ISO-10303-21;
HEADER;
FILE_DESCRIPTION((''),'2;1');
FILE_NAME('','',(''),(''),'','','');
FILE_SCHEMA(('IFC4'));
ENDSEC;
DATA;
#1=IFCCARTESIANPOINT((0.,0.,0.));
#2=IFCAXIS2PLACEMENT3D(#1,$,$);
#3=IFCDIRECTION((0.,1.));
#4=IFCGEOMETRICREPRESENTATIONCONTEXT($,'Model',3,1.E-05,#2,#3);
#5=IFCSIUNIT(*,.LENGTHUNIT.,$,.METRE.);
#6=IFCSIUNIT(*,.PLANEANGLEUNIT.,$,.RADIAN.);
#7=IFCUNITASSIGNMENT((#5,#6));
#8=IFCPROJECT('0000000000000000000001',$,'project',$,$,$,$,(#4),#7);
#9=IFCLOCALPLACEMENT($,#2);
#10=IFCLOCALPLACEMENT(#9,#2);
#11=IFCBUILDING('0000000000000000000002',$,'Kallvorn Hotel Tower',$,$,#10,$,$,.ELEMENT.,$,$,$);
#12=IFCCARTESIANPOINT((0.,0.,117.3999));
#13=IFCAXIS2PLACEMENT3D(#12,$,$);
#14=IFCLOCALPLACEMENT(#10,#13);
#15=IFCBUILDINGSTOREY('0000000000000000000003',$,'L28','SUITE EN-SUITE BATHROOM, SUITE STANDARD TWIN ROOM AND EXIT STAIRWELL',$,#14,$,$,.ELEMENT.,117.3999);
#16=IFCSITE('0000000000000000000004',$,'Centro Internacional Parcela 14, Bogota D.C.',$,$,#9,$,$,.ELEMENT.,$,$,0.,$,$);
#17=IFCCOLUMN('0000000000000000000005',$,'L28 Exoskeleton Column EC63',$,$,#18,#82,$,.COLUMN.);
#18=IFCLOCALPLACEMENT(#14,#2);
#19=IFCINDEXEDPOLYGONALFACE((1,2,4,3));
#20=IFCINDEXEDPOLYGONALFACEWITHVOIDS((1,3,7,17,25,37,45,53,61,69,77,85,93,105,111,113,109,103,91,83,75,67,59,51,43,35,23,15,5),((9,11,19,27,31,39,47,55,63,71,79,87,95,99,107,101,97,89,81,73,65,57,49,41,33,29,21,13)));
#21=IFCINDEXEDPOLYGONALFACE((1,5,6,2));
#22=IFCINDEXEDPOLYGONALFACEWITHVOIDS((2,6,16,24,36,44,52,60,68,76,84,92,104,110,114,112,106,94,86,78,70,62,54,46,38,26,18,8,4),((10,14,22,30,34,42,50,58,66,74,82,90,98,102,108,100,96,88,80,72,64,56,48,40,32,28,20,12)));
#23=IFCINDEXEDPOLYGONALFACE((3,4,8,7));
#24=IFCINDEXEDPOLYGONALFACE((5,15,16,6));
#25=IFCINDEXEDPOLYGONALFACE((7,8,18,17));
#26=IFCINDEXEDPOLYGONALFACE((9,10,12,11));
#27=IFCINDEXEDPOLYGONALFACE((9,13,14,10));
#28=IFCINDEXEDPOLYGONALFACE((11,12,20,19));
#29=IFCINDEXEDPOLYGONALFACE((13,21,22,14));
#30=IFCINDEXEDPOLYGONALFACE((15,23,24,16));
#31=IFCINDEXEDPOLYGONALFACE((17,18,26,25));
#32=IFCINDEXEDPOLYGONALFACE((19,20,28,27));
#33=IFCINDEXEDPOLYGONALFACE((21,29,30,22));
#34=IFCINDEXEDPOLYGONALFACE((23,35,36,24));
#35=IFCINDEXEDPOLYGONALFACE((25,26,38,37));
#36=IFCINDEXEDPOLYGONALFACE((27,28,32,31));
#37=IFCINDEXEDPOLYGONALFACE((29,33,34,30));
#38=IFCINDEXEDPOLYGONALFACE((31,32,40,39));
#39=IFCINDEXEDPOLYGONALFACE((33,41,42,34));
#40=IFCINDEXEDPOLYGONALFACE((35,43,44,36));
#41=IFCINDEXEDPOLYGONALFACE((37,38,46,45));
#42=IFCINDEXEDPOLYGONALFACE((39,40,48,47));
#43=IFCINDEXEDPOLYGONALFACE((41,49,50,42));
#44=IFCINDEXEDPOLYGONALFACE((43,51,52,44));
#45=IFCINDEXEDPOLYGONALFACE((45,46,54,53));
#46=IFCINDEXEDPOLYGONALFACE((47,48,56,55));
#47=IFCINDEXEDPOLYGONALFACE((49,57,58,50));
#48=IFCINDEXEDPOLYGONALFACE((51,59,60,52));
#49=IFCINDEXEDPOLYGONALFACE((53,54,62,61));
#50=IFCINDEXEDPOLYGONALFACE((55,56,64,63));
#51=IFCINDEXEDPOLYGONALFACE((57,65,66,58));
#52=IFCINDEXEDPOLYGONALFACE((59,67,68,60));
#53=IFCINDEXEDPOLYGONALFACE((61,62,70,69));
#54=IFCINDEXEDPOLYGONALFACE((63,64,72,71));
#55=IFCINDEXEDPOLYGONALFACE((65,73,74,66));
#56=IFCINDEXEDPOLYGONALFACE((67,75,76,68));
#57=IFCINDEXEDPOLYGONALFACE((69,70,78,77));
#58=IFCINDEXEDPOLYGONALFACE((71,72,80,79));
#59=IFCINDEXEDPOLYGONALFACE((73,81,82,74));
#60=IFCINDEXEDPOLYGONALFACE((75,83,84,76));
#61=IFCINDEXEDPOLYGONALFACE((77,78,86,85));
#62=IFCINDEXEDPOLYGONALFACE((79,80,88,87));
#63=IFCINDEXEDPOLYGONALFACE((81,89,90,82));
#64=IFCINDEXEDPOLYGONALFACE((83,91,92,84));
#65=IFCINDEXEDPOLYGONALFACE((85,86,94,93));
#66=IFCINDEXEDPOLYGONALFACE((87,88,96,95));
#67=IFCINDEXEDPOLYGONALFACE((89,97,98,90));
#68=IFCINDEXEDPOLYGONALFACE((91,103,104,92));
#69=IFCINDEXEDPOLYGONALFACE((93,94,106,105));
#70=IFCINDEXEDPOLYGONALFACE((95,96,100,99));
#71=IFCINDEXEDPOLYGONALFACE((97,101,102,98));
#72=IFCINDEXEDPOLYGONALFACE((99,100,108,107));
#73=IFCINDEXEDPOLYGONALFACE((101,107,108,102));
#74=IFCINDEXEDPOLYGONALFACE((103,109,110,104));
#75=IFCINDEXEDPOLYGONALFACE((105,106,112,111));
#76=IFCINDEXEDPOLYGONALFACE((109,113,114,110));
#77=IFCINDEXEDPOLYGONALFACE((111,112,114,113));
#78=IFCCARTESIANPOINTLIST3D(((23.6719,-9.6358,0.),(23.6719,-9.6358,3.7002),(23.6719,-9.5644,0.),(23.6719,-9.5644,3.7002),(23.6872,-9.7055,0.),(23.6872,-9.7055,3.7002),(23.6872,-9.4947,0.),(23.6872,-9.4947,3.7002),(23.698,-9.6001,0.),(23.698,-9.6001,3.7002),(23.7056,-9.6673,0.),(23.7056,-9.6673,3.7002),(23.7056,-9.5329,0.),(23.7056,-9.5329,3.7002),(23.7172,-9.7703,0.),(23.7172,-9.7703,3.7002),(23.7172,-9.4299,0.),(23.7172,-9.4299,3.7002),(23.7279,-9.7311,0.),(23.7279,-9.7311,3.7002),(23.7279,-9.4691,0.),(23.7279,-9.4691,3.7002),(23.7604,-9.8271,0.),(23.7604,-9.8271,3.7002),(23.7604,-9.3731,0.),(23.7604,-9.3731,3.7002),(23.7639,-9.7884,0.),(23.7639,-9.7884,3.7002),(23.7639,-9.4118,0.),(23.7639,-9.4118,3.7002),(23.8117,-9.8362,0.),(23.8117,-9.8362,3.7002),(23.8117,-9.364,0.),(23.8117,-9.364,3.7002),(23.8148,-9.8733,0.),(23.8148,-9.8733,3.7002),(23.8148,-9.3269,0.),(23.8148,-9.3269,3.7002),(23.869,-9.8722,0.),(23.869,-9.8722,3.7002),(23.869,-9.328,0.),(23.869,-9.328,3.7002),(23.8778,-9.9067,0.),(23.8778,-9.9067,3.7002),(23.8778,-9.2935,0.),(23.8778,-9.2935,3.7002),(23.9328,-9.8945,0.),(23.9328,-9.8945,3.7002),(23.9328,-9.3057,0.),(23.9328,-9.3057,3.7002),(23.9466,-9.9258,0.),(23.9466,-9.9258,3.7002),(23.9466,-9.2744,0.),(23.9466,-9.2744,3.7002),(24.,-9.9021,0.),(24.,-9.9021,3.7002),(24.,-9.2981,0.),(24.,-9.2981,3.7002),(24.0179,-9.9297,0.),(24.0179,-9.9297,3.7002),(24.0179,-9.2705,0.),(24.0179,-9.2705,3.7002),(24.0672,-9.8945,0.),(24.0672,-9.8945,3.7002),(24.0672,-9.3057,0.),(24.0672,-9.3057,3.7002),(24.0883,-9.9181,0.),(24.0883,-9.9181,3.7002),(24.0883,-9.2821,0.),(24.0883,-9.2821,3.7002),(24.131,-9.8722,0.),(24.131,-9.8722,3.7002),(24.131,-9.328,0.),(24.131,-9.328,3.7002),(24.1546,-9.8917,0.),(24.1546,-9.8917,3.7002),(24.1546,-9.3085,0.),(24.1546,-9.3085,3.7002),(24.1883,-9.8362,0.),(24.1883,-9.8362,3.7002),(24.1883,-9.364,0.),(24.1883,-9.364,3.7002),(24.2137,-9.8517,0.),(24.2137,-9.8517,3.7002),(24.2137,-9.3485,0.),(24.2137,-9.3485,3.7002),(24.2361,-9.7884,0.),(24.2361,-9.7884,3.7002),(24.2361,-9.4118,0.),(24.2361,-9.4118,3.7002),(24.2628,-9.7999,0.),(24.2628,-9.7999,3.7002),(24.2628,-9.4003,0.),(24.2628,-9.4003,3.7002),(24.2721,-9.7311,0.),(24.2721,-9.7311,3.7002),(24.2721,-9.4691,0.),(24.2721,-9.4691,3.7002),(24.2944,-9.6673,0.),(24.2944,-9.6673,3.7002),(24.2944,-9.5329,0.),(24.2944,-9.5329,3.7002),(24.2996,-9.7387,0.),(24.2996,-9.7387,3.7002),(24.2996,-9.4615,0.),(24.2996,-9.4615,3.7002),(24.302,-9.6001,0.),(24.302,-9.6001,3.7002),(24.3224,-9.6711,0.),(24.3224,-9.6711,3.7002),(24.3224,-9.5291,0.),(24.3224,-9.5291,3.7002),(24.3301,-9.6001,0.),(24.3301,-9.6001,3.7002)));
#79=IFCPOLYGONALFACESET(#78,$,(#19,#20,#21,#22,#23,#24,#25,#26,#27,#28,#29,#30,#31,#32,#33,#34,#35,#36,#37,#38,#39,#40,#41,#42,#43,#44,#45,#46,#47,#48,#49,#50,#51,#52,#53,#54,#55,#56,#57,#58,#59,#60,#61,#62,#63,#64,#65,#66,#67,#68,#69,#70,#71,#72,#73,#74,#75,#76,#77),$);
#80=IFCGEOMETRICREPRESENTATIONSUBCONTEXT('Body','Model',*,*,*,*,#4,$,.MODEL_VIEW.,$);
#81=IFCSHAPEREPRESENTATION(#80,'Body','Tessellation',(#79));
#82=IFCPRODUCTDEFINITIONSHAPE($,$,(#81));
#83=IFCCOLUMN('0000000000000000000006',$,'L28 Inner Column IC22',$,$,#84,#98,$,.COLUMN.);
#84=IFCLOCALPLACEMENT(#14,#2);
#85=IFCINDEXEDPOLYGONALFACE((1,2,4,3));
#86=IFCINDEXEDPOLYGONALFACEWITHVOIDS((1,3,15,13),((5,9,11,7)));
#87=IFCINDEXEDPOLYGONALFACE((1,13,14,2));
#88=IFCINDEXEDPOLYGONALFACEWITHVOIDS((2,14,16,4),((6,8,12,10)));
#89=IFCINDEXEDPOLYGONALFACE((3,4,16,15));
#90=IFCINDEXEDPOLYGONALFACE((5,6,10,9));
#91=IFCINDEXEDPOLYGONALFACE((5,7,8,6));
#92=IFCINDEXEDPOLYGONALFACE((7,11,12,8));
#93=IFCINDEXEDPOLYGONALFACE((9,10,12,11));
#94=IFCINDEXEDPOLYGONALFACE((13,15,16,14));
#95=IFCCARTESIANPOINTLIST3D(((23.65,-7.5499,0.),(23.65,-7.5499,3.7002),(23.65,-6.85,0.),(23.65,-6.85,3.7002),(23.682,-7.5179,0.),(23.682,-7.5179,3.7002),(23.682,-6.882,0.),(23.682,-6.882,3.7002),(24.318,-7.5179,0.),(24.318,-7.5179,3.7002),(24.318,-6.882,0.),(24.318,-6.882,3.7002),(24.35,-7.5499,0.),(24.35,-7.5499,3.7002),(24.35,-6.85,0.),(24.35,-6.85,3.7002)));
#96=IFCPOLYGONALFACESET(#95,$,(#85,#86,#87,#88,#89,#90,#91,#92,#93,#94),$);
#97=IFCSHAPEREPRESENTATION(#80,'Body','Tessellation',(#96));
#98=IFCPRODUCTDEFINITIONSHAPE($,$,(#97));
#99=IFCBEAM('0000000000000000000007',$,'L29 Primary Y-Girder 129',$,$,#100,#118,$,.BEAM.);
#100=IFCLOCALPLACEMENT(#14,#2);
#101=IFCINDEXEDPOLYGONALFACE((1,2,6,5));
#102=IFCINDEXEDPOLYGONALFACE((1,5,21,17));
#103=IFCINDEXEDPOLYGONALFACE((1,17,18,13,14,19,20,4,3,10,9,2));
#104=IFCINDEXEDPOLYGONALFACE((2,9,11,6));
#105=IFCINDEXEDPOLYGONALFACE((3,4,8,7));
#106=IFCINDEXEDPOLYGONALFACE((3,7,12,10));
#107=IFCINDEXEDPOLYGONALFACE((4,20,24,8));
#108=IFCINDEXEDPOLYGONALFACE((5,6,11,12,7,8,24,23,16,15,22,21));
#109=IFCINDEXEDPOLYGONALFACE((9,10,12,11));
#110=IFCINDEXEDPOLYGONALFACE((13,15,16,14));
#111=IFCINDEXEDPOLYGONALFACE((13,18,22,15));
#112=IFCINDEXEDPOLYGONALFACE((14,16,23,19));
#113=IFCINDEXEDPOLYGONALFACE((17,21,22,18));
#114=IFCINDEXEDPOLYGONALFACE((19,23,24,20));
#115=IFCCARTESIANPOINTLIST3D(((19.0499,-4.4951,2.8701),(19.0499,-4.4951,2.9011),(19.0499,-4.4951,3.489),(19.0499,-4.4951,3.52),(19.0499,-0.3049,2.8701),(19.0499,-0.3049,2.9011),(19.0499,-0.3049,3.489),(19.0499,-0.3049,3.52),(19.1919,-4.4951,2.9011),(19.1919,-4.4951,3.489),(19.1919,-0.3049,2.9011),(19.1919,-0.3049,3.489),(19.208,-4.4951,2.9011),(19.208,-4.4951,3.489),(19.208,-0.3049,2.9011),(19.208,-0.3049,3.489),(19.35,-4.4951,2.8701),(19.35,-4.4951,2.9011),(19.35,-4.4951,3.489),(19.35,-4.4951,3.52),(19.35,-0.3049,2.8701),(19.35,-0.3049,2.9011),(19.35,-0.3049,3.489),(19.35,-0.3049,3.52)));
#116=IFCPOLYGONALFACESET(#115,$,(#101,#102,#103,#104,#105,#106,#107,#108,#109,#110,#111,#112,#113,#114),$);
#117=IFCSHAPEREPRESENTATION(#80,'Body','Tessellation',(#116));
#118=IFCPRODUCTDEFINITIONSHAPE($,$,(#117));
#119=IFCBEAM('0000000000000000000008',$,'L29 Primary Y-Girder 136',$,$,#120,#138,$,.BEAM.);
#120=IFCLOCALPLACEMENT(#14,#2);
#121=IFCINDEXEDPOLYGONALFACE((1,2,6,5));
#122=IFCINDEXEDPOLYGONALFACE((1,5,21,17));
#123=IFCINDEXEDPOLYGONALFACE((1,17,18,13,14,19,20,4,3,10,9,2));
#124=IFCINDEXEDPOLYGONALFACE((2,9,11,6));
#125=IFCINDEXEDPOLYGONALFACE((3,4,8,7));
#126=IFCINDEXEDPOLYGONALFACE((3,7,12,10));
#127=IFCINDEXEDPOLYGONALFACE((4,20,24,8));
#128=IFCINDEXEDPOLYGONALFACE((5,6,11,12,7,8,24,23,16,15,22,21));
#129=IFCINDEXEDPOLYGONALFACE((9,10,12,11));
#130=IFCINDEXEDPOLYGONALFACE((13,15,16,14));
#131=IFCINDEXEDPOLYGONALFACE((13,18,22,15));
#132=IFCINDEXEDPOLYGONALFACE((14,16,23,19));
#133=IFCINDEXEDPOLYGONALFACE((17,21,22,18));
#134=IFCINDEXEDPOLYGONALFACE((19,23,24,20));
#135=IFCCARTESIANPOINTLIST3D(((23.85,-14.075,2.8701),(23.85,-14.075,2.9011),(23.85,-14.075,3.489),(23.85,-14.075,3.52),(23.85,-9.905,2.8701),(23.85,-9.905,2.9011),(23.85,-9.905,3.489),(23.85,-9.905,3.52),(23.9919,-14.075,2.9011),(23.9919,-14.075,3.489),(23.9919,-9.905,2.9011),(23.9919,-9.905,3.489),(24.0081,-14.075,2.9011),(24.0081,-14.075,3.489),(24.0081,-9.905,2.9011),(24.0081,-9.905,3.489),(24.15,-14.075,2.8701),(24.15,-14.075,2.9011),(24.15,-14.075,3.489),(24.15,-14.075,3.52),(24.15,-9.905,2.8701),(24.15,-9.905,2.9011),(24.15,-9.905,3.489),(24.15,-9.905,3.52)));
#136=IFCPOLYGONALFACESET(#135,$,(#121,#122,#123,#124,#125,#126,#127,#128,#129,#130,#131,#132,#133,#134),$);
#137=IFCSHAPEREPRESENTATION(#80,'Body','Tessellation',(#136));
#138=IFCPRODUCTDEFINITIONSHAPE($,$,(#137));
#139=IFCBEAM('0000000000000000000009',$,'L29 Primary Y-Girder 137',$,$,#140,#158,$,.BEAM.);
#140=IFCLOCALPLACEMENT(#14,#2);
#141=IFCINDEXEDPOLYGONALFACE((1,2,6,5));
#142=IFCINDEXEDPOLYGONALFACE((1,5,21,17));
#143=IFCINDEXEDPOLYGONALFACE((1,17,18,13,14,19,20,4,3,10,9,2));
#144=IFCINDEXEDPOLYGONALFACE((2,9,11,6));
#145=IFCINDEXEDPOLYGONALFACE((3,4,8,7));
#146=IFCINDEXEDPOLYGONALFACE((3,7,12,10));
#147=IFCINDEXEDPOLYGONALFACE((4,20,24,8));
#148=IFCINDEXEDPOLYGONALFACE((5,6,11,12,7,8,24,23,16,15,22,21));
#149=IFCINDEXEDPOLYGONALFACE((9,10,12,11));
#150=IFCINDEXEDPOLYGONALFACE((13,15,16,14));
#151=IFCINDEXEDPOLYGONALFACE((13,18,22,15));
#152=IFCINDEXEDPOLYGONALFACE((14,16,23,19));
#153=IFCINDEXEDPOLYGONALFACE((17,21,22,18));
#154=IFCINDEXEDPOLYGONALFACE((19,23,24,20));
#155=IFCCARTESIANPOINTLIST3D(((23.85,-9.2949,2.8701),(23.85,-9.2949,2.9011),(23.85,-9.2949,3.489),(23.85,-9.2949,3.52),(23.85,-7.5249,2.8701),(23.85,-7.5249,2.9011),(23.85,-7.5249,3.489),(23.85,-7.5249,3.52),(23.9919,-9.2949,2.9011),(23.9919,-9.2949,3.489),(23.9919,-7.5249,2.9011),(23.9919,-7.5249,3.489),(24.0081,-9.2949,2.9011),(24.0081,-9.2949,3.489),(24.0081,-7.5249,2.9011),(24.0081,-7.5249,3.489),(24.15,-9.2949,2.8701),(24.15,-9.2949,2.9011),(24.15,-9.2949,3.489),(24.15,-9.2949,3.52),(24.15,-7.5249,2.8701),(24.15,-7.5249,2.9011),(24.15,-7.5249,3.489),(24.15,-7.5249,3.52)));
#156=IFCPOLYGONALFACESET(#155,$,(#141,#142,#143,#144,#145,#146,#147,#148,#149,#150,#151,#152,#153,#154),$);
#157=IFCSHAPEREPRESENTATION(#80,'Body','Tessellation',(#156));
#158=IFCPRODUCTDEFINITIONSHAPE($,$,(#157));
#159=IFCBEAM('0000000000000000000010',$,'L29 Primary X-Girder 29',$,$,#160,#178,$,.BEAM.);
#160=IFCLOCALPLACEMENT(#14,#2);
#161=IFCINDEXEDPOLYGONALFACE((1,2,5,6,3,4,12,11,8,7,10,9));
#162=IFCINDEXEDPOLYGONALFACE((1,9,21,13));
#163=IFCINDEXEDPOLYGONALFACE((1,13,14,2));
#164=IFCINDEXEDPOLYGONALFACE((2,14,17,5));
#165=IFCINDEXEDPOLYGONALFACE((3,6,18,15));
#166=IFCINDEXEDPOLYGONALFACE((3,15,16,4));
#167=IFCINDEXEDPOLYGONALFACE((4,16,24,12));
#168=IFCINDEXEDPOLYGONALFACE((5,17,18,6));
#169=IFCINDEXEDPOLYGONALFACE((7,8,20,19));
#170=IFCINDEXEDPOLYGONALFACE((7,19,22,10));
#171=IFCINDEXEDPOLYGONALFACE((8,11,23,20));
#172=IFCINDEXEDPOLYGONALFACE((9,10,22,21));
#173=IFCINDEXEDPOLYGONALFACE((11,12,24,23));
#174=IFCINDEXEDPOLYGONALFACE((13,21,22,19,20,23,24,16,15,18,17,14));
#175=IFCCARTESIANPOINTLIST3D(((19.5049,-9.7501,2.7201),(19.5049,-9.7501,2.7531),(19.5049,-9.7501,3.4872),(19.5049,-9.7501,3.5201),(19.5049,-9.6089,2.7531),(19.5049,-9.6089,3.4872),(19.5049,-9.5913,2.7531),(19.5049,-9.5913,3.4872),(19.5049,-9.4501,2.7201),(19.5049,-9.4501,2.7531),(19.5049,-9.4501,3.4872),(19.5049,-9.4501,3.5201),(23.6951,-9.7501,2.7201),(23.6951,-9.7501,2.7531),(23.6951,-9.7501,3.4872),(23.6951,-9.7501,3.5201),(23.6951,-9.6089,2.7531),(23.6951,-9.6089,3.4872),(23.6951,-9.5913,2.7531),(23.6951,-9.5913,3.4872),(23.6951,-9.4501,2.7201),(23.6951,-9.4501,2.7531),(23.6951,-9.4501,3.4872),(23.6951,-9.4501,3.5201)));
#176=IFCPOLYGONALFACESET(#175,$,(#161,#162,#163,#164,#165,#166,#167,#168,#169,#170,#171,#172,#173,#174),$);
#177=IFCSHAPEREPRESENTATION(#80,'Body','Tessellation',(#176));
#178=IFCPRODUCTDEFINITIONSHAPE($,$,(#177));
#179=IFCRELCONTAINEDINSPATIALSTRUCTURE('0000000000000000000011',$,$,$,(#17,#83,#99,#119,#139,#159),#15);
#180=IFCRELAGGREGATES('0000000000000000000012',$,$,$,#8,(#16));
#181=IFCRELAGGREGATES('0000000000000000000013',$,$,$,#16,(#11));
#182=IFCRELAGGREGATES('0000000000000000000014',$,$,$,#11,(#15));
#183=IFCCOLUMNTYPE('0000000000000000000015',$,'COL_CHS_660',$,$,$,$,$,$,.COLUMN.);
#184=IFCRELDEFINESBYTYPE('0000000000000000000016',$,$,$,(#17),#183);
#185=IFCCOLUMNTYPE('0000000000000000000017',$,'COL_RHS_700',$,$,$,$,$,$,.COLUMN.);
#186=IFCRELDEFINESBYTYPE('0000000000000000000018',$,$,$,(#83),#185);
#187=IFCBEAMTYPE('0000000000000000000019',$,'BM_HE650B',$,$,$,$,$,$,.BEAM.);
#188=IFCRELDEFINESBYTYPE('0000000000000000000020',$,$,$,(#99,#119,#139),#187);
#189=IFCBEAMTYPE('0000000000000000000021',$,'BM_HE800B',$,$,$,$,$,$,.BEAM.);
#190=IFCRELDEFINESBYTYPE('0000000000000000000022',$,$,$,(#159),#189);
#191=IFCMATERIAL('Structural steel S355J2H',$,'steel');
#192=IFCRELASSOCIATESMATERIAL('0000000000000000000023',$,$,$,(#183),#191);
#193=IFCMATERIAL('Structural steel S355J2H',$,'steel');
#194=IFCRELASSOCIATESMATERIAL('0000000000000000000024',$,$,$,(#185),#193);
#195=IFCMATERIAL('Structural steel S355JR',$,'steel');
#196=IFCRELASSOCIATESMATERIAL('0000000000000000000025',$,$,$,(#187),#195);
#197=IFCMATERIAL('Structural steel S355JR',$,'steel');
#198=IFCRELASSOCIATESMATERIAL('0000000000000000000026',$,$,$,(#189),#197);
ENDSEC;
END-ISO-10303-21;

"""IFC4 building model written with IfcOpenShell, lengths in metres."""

from ifc_helpers import new_model, si_unit, direction, frame, origin, origin_2d, place, context, subcontext, project, spatial, hollow_rectangle, hollow_circle, i_section, extrude, material, material_profile, profile_set, type_object, element, save


model = new_model("IFC4")

# Units and contexts
model_context = context("Model", 3, precision=1e-05, world=origin(), true_north=direction((0.0, 1.0)))
body_context = subcontext(model_context, "Body", "Model", "MODEL_VIEW")
ifc_project = project(units=[si_unit("LENGTHUNIT", "METRE"), si_unit("PLANEANGLEUNIT", "RADIAN")], contexts=[model_context])

# Site, building, storey
site_placement = place(None, origin())
site = spatial("IfcSite", under=ifc_project, at=site_placement, Name="Centro Internacional Parcela 14, Bogota D.C.", CompositionType="ELEMENT", RefElevation=0.0)
building_placement = place(site_placement, origin())
building = spatial("IfcBuilding", under=site, at=building_placement, Name="Kallvorn Hotel Tower", CompositionType="ELEMENT")
storey_placement = place(building_placement, frame((0.0, 0.0, 117.3999)))
storey = spatial("IfcBuildingStorey", under=building, at=storey_placement, Name="L28", Description="SUITE EN-SUITE BATHROOM, SUITE STANDARD TWIN ROOM AND EXIT STAIRWELL", CompositionType="ELEMENT", Elevation=117.3999)

# Columns
ifc_material_1 = material(Name="Structural steel S355J2H", Category="steel")
ifc_material_profile_1 = material_profile(ifc_material_1, hollow_circle(Radius=0.3301, WallThickness=0.0281, at=origin_2d()), Name="CHS 660x28")
ifc_profile_set_1 = profile_set([ifc_material_profile_1], Name="Structural steel S355J2H")
column_type_1 = type_object("IfcColumnType", Name="COL_CHS_660", PredefinedType="COLUMN", material=ifc_profile_set_1)
for number, where, z_axis, x_axis, name in (
    (1, (24.0, -9.6001, 0.0), (0.0, 0.0, 1.0), (1.0, 0.0, 0.0), "L28 Exoskeleton Column EC63"),
):
    element("IfcColumn", number, at=place(storey_placement, frame(where, z_axis=z_axis, x_axis=x_axis)), inside=storey, type_object=column_type_1, Name=name, PredefinedType="COLUMN", context=body_context, shape_type="SweptSolid", body=[
        extrude(hollow_circle(Radius=0.3301, WallThickness=0.0281, at=origin_2d()), origin(), (0.0, 0.0, 1.0), 3.7002),
    ])
ifc_material_2 = material(Name="Structural steel S355J2H", Category="steel")
ifc_material_profile_2 = material_profile(ifc_material_2, hollow_rectangle(XDim=0.7, YDim=0.7, WallThickness=0.032, at=origin_2d()), Name="RHS 700x700x32")
ifc_profile_set_2 = profile_set([ifc_material_profile_2], Name="Structural steel S355J2H")
column_type_2 = type_object("IfcColumnType", Name="COL_RHS_700", PredefinedType="COLUMN", material=ifc_profile_set_2)
column_placement = place(storey_placement, frame((24.0, -7.2, 0.0), z_axis=(0.0, 0.0, 1.0), x_axis=(1.0, 0.0, 0.0)))
element("IfcColumn", 2, at=column_placement, inside=storey, type_object=column_type_2, Name="L28 Inner Column IC22", PredefinedType="COLUMN", context=body_context, shape_type="SweptSolid", body=[
    extrude(hollow_rectangle(XDim=0.7, YDim=0.7, WallThickness=0.032, at=origin_2d()), origin(), (0.0, 0.0, 1.0), 3.7002),
])

# Beams
ifc_material_3 = material(Name="Structural steel S355JR", Category="steel")
ifc_material_profile_3 = material_profile(ifc_material_3, i_section(OverallWidth=0.3, OverallDepth=0.6499, WebThickness=0.0161, FlangeThickness=0.031, at=origin_2d()), Name="HE 650 B")
ifc_profile_set_3 = profile_set([ifc_material_profile_3], Name="Structural steel S355JR")
beam_type_1 = type_object("IfcBeamType", Name="BM_HE650B", PredefinedType="BEAM", material=ifc_profile_set_3)
beam_1_placement = place(storey_placement, frame((19.2, -4.4951, 3.1951), z_axis=(0.0, 1.0, 0.0), x_axis=(-1.0, 0.0, 0.0)))
element("IfcBeam", 3, at=beam_1_placement, inside=storey, type_object=beam_type_1, Name="L29 Primary Y-Girder 129", PredefinedType="BEAM", context=body_context, shape_type="SweptSolid", body=[
    extrude(i_section(OverallWidth=0.3, OverallDepth=0.6499, WebThickness=0.0161, FlangeThickness=0.031, at=origin_2d()), origin(), (0.0, 0.0, 1.0), 4.1902),
])
beam_2_placement = place(storey_placement, frame((24.0, -14.075, 3.1951), z_axis=(0.0, 1.0, 0.0), x_axis=(-1.0, 0.0, 0.0)))
element("IfcBeam", 4, at=beam_2_placement, inside=storey, type_object=beam_type_1, Name="L29 Primary Y-Girder 136", PredefinedType="BEAM", context=body_context, shape_type="SweptSolid", body=[
    extrude(i_section(OverallWidth=0.3, OverallDepth=0.6499, WebThickness=0.0161, FlangeThickness=0.031, at=origin_2d()), origin(), (0.0, 0.0, 1.0), 4.1699),
])
beam_3_placement = place(storey_placement, frame((24.0, -9.2949, 3.1951), z_axis=(0.0, 1.0, 0.0), x_axis=(-1.0, 0.0, 0.0)))
element("IfcBeam", 5, at=beam_3_placement, inside=storey, type_object=beam_type_1, Name="L29 Primary Y-Girder 137", PredefinedType="BEAM", context=body_context, shape_type="SweptSolid", body=[
    extrude(i_section(OverallWidth=0.3, OverallDepth=0.6499, WebThickness=0.0161, FlangeThickness=0.031, at=origin_2d()), origin(), (0.0, 0.0, 1.0), 1.77),
])
ifc_material_4 = material(Name="Structural steel S355JR", Category="steel")
ifc_material_profile_4 = material_profile(ifc_material_4, i_section(OverallWidth=0.3, OverallDepth=0.8, WebThickness=0.0176, FlangeThickness=0.033, at=origin_2d()), Name="HE 800 B")
ifc_profile_set_4 = profile_set([ifc_material_profile_4], Name="Structural steel S355JR")
beam_type_2 = type_object("IfcBeamType", Name="BM_HE800B", PredefinedType="BEAM", material=ifc_profile_set_4)
for number, where, z_axis, x_axis, name in (
    (6, (19.5049, -9.6001, 3.1201), (1.0, 0.0, 0.0), (0.0, 1.0, 0.0), "L29 Primary X-Girder 29"),
):
    element("IfcBeam", number, at=place(storey_placement, frame(where, z_axis=z_axis, x_axis=x_axis)), inside=storey, type_object=beam_type_2, Name=name, PredefinedType="BEAM", context=body_context, shape_type="SweptSolid", body=[
        extrude(i_section(OverallWidth=0.3, OverallDepth=0.8, WebThickness=0.0176, FlangeThickness=0.033, at=origin_2d()), origin(), (0.0, 0.0, 1.0), 4.1902),
    ])

save(model, "model.ifc")
